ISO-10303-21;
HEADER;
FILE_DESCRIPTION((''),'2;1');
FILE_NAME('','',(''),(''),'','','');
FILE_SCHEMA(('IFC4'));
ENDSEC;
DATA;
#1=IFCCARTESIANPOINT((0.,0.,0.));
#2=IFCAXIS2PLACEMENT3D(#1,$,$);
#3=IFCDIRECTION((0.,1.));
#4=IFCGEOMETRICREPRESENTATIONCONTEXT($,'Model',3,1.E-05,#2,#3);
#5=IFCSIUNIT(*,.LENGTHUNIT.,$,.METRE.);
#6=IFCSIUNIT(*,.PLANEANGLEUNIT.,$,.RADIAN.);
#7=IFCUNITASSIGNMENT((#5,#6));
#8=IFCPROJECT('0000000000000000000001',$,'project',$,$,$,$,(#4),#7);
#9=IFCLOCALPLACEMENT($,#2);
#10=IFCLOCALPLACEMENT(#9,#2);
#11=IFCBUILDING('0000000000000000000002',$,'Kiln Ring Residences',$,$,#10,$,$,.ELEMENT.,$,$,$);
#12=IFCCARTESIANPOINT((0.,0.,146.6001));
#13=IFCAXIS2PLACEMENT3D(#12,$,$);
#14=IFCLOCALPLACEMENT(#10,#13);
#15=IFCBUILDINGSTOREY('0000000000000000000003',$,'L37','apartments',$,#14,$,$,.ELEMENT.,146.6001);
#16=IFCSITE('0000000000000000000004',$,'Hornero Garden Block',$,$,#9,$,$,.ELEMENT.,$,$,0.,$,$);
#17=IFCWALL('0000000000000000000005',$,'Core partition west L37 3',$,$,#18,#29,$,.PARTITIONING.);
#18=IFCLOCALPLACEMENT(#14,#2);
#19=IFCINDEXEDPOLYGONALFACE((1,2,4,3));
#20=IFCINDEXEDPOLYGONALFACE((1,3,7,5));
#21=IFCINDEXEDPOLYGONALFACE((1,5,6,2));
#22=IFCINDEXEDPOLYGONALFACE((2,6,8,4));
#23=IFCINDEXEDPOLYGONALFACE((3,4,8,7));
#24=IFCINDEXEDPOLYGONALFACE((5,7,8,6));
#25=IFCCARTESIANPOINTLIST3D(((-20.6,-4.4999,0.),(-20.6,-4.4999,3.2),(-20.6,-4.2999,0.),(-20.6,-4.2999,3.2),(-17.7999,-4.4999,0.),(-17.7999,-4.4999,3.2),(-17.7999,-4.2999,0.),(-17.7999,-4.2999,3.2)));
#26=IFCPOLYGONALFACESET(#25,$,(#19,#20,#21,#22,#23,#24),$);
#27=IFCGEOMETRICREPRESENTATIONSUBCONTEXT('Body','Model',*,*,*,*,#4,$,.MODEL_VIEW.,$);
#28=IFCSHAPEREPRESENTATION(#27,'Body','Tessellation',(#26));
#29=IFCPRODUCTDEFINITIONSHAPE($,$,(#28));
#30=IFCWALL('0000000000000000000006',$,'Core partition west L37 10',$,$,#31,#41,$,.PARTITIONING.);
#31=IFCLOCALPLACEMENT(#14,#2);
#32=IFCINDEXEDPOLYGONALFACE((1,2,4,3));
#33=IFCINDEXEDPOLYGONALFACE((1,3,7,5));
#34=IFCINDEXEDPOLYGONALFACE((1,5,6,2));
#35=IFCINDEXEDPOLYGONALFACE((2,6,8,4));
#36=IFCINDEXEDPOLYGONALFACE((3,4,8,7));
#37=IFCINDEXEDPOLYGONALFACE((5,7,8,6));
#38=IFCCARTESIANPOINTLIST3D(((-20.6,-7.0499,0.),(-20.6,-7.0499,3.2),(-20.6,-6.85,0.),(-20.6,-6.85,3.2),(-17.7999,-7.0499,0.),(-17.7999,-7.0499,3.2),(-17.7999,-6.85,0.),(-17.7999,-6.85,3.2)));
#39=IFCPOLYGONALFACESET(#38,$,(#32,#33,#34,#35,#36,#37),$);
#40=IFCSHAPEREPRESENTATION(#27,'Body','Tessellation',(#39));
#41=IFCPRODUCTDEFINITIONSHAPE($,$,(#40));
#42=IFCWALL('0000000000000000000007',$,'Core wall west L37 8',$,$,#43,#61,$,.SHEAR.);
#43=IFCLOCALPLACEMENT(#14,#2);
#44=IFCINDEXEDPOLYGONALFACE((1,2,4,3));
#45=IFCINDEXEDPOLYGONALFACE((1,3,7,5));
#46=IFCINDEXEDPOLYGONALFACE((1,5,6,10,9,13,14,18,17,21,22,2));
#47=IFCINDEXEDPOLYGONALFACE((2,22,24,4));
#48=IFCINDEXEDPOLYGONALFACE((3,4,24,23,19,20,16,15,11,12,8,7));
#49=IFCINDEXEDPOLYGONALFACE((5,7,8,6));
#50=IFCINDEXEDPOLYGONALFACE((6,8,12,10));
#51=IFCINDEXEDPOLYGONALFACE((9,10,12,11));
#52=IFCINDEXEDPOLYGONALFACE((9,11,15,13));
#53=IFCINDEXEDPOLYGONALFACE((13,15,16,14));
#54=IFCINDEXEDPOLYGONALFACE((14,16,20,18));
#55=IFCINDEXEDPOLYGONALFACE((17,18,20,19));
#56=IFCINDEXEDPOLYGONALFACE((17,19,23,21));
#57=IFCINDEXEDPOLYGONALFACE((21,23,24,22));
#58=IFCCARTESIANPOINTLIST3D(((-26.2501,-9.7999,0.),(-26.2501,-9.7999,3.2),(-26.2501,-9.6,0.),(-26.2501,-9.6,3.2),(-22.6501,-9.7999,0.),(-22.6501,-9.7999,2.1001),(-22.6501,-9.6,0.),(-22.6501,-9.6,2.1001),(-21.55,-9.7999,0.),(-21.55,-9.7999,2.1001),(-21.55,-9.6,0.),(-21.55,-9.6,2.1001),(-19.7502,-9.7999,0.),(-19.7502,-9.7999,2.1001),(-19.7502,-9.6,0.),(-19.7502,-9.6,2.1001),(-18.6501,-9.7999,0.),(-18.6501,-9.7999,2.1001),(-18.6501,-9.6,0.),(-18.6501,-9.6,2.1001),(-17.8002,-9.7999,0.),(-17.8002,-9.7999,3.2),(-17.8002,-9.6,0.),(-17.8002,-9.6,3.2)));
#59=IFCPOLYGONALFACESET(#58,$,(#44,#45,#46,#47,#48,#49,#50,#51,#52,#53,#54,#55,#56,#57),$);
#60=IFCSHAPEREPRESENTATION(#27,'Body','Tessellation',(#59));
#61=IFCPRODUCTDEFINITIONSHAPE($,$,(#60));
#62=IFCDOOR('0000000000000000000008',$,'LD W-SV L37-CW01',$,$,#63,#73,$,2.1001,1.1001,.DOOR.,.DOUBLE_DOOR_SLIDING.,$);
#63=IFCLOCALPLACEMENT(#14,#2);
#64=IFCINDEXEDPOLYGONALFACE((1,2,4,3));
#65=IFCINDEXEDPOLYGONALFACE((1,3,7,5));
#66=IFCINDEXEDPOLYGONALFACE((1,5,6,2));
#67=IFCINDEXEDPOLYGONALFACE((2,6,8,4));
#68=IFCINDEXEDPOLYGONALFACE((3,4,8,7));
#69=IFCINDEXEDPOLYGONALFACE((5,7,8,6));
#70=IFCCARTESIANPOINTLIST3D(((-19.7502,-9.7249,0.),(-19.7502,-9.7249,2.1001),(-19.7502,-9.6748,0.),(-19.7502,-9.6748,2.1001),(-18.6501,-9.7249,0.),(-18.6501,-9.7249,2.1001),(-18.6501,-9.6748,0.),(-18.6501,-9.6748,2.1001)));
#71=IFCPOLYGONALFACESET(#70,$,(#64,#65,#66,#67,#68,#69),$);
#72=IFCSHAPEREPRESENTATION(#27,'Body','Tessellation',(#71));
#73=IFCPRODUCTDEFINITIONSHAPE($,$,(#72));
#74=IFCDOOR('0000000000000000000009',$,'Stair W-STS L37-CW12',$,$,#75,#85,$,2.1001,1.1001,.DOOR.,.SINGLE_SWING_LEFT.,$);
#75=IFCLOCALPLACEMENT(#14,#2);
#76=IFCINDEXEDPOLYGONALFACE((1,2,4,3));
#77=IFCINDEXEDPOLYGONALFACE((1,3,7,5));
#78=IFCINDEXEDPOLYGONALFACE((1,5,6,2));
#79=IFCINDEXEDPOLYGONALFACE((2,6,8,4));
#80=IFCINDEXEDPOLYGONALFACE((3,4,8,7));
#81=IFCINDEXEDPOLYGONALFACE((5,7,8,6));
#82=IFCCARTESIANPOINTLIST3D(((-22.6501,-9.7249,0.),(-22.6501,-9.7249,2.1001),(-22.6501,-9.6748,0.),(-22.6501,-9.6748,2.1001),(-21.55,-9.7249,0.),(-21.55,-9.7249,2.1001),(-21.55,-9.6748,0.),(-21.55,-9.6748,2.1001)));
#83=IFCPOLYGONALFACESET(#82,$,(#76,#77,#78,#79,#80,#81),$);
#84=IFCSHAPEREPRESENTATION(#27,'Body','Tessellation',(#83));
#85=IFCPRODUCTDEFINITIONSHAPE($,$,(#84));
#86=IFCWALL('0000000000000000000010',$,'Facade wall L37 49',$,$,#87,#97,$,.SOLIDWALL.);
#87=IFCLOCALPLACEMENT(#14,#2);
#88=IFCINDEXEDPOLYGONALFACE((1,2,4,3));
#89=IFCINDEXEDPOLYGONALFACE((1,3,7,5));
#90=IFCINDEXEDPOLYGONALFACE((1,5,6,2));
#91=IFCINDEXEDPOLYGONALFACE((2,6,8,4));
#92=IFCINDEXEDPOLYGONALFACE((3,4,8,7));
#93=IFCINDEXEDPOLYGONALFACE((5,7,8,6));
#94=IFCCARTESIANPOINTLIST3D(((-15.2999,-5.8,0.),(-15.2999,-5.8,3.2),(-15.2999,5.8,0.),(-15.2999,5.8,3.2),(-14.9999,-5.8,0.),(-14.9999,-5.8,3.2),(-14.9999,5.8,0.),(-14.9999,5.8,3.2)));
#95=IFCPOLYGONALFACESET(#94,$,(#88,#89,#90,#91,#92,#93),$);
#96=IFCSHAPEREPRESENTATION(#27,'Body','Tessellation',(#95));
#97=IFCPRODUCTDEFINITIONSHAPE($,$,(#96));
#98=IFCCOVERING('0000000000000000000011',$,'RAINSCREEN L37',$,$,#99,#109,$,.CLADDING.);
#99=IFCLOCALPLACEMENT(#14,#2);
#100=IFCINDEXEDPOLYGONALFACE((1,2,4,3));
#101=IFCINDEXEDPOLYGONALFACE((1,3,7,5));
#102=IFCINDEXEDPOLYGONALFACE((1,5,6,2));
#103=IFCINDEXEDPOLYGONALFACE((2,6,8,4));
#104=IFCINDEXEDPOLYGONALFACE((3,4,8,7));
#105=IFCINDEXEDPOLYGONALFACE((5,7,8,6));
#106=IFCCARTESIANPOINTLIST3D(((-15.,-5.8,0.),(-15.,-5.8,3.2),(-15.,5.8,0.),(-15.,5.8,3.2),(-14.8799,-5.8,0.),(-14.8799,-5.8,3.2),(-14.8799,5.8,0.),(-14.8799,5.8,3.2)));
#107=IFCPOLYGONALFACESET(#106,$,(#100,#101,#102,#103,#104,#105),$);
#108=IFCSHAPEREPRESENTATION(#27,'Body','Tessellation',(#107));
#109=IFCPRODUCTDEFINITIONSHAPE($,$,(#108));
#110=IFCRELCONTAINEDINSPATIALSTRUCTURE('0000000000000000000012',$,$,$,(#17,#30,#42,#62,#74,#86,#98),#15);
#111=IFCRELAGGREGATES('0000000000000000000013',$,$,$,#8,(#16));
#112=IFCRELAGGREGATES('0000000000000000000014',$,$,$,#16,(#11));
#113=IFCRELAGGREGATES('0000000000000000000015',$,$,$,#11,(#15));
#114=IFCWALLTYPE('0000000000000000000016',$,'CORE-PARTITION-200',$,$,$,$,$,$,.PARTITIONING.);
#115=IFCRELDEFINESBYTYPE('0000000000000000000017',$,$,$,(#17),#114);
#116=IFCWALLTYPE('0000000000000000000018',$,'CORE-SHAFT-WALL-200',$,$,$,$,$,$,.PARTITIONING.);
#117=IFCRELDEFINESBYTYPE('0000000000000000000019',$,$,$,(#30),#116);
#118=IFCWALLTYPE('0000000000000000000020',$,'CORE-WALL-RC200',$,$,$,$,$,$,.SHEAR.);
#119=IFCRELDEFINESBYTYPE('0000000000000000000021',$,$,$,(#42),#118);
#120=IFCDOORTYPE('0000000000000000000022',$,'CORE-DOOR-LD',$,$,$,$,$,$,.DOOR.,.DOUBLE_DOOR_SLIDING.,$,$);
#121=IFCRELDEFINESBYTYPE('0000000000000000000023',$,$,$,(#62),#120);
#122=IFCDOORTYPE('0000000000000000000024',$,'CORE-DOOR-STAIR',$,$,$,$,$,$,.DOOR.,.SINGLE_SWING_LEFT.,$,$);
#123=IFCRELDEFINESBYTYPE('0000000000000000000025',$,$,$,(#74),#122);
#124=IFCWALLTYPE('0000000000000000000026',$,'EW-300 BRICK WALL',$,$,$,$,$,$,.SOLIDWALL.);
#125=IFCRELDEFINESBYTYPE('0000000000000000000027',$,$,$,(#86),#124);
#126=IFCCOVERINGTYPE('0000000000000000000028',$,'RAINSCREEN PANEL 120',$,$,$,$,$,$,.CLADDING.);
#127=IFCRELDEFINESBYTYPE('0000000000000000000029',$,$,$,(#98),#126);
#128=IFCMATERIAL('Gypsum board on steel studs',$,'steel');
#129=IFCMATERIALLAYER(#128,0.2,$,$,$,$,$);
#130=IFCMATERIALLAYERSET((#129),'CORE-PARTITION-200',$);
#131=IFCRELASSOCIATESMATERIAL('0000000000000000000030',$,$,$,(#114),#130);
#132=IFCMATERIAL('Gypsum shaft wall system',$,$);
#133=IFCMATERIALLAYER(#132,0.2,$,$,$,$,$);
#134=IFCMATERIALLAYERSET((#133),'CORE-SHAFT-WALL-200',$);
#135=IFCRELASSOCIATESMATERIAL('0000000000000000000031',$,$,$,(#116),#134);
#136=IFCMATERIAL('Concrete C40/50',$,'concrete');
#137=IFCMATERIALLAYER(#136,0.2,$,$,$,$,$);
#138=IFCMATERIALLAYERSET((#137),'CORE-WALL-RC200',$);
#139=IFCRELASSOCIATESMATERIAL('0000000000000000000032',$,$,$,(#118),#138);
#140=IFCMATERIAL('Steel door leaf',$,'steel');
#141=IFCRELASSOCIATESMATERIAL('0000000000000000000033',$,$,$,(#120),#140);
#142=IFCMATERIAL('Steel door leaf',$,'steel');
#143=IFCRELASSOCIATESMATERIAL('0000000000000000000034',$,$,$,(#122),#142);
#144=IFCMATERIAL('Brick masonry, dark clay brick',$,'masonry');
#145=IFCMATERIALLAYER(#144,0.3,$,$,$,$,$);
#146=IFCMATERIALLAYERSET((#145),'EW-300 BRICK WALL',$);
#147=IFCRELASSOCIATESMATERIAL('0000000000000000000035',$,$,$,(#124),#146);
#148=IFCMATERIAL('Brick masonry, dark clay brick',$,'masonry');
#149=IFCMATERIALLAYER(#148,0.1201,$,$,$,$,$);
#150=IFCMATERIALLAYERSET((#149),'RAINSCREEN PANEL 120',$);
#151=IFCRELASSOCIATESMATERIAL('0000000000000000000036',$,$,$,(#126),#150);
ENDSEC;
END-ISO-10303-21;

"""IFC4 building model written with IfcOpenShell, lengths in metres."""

from ifc_helpers import new_model, si_unit, direction, frame, frame_2d, origin, place, context, subcontext, project, spatial, polyline, rectangle, outline, extrude, material, layer, layer_set, type_object, element, fill, save


model = new_model("IFC4")

# Units and contexts
model_context = context("Model", 3, precision=1e-05, world=origin(), true_north=direction((0.0, 1.0)))
body_context = subcontext(model_context, "Body", "Model", "MODEL_VIEW")
ifc_project = project(units=[si_unit("LENGTHUNIT", "METRE"), si_unit("PLANEANGLEUNIT", "RADIAN")], contexts=[model_context])

# Site, building, storey
site_placement = place(None, origin())
site = spatial("IfcSite", under=ifc_project, at=site_placement, Name="Hornero Garden Block", CompositionType="ELEMENT", RefElevation=0.0)
building_placement = place(site_placement, origin())
building = spatial("IfcBuilding", under=site, at=building_placement, Name="Kiln Ring Residences", CompositionType="ELEMENT")
storey_placement = place(building_placement, frame((0.0, 0.0, 146.6001)))
storey = spatial("IfcBuildingStorey", under=building, at=storey_placement, Name="L37", Description="apartments", CompositionType="ELEMENT", Elevation=146.6001)

# Walls
ifc_material_1 = material(Name="Gypsum board on steel studs", Category="steel")
ifc_layer_1 = layer(ifc_material_1, 0.2)
ifc_layer_set_1 = layer_set([ifc_layer_1], Name="CORE-PARTITION-200")
wall_type_1 = type_object("IfcWallType", Name="CORE-PARTITION-200", PredefinedType="PARTITIONING", material=ifc_layer_set_1)
wall_1_placement = place(storey_placement, frame((-17.8, -4.3999, 0.0), z_axis=(0.0, 0.0, 1.0), x_axis=(-1.0, 0.0, 0.0)))
element("IfcWall", 1, at=wall_1_placement, inside=storey, type_object=wall_type_1, Name="Core partition west L37 3", PredefinedType="PARTITIONING", context=body_context, shape_type="SweptSolid", body=[
    extrude(rectangle(XDim=2.8, YDim=0.2, at=frame_2d((1.3999, 0.0))), origin(), (0.0, 0.0, 1.0), 3.2),
])
ifc_material_2 = material(Name="Gypsum shaft wall system")
ifc_layer_2 = layer(ifc_material_2, 0.2)
ifc_layer_set_2 = layer_set([ifc_layer_2], Name="CORE-SHAFT-WALL-200")
wall_type_2 = type_object("IfcWallType", Name="CORE-SHAFT-WALL-200", PredefinedType="PARTITIONING", material=ifc_layer_set_2)
wall_2_placement = place(storey_placement, frame((-17.8, -6.95, 0.0), z_axis=(0.0, 0.0, 1.0), x_axis=(-1.0, 0.0, 0.0)))
element("IfcWall", 2, at=wall_2_placement, inside=storey, type_object=wall_type_2, Name="Core partition west L37 10", PredefinedType="PARTITIONING", context=body_context, shape_type="SweptSolid", body=[
    extrude(rectangle(XDim=2.8, YDim=0.2, at=frame_2d((1.3999, 0.0))), origin(), (0.0, 0.0, 1.0), 3.2),
])

# Wall, openings, doors
ifc_material_3 = material(Name="Concrete C40/50", Category="concrete")
ifc_layer_3 = layer(ifc_material_3, 0.2)
ifc_layer_set_3 = layer_set([ifc_layer_3], Name="CORE-WALL-RC200")
wall_type_3 = type_object("IfcWallType", Name="CORE-WALL-RC200", PredefinedType="SHEAR", material=ifc_layer_set_3)
wall_3_placement = place(storey_placement, frame((-17.8, -9.7, 0.0), z_axis=(0.0, 0.0, 1.0), x_axis=(-1.0, 0.0, 0.0)))
wall_3 = element("IfcWall", 3, at=wall_3_placement, inside=storey, type_object=wall_type_3, Name="Core wall west L37 8", PredefinedType="SHEAR", context=body_context, shape_type="SweptSolid", body=[
    extrude(rectangle(XDim=8.45, YDim=0.2, at=frame_2d((4.2251, 0.0))), origin(), (0.0, 0.0, 1.0), 3.2),
])
opening_1_placement = place(wall_3_placement, frame((0.8501, 0.0, 0.0)))
opening_1 = element("IfcOpeningElement", 4, at=opening_1_placement, cuts=wall_3, PredefinedType="OPENING", context=body_context, shape_type="SweptSolid", body=[
    extrude(rectangle(XDim=1.1001, YDim=2.1001, at=frame_2d((0.55, 1.05))), frame((0.0, 0.1099, 0.0), z_axis=(0.0, -1.0, 0.0), x_axis=(1.0, 0.0, 0.0)), (0.0, 0.0, 1.0), 0.22),
])
opening_2_placement = place(wall_3_placement, frame((3.75, 0.0, 0.0)))
opening_2 = element("IfcOpeningElement", 5, at=opening_2_placement, cuts=wall_3, PredefinedType="OPENING", context=body_context, shape_type="SweptSolid", body=[
    extrude(rectangle(XDim=1.1001, YDim=2.1001, at=frame_2d((0.55, 1.05))), frame((0.0, 0.1099, 0.0), z_axis=(0.0, -1.0, 0.0), x_axis=(1.0, 0.0, 0.0)), (0.0, 0.0, 1.0), 0.22),
])
ifc_material_4 = material(Name="Steel door leaf", Category="steel")
door_type_1 = type_object("IfcDoorType", Name="CORE-DOOR-LD", OperationType="DOUBLE_DOOR_SLIDING", PredefinedType="DOOR", material=ifc_material_4)
door_1_placement = place(opening_1_placement, origin())
door_1 = element("IfcDoor", 6, at=door_1_placement, inside=storey, type_object=door_type_1, Name="LD W-SV L37-CW01", OperationType="DOUBLE_DOOR_SLIDING", OverallHeight=2.1001, OverallWidth=1.1001, PredefinedType="DOOR", context=body_context, shape_type="SweptSolid", body=[
    extrude(rectangle(XDim=1.1001, YDim=2.1001, at=frame_2d((0.55, 1.05))), frame((0.0, 0.0249, 0.0), z_axis=(0.0, -1.0, 0.0), x_axis=(1.0, 0.0, 0.0)), (0.0, 0.0, 1.0), 0.05),
])
fill(opening_1, door_1)
ifc_material_5 = material(Name="Steel door leaf", Category="steel")
door_type_2 = type_object("IfcDoorType", Name="CORE-DOOR-STAIR", OperationType="SINGLE_SWING_LEFT", PredefinedType="DOOR", material=ifc_material_5)
door_2_placement = place(opening_2_placement, origin())
door_2 = element("IfcDoor", 7, at=door_2_placement, inside=storey, type_object=door_type_2, Name="Stair W-STS L37-CW12", OperationType="SINGLE_SWING_LEFT", OverallHeight=2.1001, OverallWidth=1.1001, PredefinedType="DOOR", context=body_context, shape_type="SweptSolid", body=[
    extrude(rectangle(XDim=1.1001, YDim=2.1001, at=frame_2d((0.55, 1.05))), frame((0.0, 0.0249, 0.0), z_axis=(0.0, -1.0, 0.0), x_axis=(1.0, 0.0, 0.0)), (0.0, 0.0, 1.0), 0.05),
])
fill(opening_2, door_2)

# Wall
ifc_material_6 = material(Name="Brick masonry, dark clay brick", Category="masonry")
ifc_layer_4 = layer(ifc_material_6, 0.3)
ifc_layer_set_4 = layer_set([ifc_layer_4], Name="EW-300 BRICK WALL")
wall_type_4 = type_object("IfcWallType", Name="EW-300 BRICK WALL", PredefinedType="SOLIDWALL", material=ifc_layer_set_4)
wall_4_placement = place(storey_placement, frame((-15.1499, -5.8, 0.0), z_axis=(0.0, 0.0, 1.0), x_axis=(0.0, 1.0, 0.0)))
element("IfcWall", 8, at=wall_4_placement, inside=storey, type_object=wall_type_4, Name="Facade wall L37 49", PredefinedType="SOLIDWALL", context=body_context, shape_type="SweptSolid", body=[
    extrude(rectangle(XDim=11.6001, YDim=0.3, at=frame_2d((5.8, 0.0))), origin(), (0.0, 0.0, 1.0), 3.2),
])

# Covering
ifc_material_7 = material(Name="Brick masonry, dark clay brick", Category="masonry")
ifc_layer_5 = layer(ifc_material_7, 0.1201)
ifc_layer_set_5 = layer_set([ifc_layer_5], Name="RAINSCREEN PANEL 120")
covering_type = type_object("IfcCoveringType", Name="RAINSCREEN PANEL 120", PredefinedType="CLADDING", material=ifc_layer_set_5)
covering_placement = place(storey_placement, frame((-14.9399, -5.8, 0.0), z_axis=(0.0, 0.0, 1.0), x_axis=(0.0, 1.0, 0.0)))
element("IfcCovering", 9, at=covering_placement, inside=storey, type_object=covering_type, Name="RAINSCREEN L37", PredefinedType="CLADDING", context=body_context, shape_type="SweptSolid", body=[
    extrude(outline(polyline([(0.0, 0.0), (11.6001, 0.0), (11.6001, 3.2), (0.0, 3.2), (0.0, 0.0)])), frame((0.0, 0.0601, 0.0), z_axis=(0.0, -1.0, 0.0), x_axis=(1.0, 0.0, 0.0)), (0.0, 0.0, 1.0), 0.1201),
])

save(model, "model.ifc")
